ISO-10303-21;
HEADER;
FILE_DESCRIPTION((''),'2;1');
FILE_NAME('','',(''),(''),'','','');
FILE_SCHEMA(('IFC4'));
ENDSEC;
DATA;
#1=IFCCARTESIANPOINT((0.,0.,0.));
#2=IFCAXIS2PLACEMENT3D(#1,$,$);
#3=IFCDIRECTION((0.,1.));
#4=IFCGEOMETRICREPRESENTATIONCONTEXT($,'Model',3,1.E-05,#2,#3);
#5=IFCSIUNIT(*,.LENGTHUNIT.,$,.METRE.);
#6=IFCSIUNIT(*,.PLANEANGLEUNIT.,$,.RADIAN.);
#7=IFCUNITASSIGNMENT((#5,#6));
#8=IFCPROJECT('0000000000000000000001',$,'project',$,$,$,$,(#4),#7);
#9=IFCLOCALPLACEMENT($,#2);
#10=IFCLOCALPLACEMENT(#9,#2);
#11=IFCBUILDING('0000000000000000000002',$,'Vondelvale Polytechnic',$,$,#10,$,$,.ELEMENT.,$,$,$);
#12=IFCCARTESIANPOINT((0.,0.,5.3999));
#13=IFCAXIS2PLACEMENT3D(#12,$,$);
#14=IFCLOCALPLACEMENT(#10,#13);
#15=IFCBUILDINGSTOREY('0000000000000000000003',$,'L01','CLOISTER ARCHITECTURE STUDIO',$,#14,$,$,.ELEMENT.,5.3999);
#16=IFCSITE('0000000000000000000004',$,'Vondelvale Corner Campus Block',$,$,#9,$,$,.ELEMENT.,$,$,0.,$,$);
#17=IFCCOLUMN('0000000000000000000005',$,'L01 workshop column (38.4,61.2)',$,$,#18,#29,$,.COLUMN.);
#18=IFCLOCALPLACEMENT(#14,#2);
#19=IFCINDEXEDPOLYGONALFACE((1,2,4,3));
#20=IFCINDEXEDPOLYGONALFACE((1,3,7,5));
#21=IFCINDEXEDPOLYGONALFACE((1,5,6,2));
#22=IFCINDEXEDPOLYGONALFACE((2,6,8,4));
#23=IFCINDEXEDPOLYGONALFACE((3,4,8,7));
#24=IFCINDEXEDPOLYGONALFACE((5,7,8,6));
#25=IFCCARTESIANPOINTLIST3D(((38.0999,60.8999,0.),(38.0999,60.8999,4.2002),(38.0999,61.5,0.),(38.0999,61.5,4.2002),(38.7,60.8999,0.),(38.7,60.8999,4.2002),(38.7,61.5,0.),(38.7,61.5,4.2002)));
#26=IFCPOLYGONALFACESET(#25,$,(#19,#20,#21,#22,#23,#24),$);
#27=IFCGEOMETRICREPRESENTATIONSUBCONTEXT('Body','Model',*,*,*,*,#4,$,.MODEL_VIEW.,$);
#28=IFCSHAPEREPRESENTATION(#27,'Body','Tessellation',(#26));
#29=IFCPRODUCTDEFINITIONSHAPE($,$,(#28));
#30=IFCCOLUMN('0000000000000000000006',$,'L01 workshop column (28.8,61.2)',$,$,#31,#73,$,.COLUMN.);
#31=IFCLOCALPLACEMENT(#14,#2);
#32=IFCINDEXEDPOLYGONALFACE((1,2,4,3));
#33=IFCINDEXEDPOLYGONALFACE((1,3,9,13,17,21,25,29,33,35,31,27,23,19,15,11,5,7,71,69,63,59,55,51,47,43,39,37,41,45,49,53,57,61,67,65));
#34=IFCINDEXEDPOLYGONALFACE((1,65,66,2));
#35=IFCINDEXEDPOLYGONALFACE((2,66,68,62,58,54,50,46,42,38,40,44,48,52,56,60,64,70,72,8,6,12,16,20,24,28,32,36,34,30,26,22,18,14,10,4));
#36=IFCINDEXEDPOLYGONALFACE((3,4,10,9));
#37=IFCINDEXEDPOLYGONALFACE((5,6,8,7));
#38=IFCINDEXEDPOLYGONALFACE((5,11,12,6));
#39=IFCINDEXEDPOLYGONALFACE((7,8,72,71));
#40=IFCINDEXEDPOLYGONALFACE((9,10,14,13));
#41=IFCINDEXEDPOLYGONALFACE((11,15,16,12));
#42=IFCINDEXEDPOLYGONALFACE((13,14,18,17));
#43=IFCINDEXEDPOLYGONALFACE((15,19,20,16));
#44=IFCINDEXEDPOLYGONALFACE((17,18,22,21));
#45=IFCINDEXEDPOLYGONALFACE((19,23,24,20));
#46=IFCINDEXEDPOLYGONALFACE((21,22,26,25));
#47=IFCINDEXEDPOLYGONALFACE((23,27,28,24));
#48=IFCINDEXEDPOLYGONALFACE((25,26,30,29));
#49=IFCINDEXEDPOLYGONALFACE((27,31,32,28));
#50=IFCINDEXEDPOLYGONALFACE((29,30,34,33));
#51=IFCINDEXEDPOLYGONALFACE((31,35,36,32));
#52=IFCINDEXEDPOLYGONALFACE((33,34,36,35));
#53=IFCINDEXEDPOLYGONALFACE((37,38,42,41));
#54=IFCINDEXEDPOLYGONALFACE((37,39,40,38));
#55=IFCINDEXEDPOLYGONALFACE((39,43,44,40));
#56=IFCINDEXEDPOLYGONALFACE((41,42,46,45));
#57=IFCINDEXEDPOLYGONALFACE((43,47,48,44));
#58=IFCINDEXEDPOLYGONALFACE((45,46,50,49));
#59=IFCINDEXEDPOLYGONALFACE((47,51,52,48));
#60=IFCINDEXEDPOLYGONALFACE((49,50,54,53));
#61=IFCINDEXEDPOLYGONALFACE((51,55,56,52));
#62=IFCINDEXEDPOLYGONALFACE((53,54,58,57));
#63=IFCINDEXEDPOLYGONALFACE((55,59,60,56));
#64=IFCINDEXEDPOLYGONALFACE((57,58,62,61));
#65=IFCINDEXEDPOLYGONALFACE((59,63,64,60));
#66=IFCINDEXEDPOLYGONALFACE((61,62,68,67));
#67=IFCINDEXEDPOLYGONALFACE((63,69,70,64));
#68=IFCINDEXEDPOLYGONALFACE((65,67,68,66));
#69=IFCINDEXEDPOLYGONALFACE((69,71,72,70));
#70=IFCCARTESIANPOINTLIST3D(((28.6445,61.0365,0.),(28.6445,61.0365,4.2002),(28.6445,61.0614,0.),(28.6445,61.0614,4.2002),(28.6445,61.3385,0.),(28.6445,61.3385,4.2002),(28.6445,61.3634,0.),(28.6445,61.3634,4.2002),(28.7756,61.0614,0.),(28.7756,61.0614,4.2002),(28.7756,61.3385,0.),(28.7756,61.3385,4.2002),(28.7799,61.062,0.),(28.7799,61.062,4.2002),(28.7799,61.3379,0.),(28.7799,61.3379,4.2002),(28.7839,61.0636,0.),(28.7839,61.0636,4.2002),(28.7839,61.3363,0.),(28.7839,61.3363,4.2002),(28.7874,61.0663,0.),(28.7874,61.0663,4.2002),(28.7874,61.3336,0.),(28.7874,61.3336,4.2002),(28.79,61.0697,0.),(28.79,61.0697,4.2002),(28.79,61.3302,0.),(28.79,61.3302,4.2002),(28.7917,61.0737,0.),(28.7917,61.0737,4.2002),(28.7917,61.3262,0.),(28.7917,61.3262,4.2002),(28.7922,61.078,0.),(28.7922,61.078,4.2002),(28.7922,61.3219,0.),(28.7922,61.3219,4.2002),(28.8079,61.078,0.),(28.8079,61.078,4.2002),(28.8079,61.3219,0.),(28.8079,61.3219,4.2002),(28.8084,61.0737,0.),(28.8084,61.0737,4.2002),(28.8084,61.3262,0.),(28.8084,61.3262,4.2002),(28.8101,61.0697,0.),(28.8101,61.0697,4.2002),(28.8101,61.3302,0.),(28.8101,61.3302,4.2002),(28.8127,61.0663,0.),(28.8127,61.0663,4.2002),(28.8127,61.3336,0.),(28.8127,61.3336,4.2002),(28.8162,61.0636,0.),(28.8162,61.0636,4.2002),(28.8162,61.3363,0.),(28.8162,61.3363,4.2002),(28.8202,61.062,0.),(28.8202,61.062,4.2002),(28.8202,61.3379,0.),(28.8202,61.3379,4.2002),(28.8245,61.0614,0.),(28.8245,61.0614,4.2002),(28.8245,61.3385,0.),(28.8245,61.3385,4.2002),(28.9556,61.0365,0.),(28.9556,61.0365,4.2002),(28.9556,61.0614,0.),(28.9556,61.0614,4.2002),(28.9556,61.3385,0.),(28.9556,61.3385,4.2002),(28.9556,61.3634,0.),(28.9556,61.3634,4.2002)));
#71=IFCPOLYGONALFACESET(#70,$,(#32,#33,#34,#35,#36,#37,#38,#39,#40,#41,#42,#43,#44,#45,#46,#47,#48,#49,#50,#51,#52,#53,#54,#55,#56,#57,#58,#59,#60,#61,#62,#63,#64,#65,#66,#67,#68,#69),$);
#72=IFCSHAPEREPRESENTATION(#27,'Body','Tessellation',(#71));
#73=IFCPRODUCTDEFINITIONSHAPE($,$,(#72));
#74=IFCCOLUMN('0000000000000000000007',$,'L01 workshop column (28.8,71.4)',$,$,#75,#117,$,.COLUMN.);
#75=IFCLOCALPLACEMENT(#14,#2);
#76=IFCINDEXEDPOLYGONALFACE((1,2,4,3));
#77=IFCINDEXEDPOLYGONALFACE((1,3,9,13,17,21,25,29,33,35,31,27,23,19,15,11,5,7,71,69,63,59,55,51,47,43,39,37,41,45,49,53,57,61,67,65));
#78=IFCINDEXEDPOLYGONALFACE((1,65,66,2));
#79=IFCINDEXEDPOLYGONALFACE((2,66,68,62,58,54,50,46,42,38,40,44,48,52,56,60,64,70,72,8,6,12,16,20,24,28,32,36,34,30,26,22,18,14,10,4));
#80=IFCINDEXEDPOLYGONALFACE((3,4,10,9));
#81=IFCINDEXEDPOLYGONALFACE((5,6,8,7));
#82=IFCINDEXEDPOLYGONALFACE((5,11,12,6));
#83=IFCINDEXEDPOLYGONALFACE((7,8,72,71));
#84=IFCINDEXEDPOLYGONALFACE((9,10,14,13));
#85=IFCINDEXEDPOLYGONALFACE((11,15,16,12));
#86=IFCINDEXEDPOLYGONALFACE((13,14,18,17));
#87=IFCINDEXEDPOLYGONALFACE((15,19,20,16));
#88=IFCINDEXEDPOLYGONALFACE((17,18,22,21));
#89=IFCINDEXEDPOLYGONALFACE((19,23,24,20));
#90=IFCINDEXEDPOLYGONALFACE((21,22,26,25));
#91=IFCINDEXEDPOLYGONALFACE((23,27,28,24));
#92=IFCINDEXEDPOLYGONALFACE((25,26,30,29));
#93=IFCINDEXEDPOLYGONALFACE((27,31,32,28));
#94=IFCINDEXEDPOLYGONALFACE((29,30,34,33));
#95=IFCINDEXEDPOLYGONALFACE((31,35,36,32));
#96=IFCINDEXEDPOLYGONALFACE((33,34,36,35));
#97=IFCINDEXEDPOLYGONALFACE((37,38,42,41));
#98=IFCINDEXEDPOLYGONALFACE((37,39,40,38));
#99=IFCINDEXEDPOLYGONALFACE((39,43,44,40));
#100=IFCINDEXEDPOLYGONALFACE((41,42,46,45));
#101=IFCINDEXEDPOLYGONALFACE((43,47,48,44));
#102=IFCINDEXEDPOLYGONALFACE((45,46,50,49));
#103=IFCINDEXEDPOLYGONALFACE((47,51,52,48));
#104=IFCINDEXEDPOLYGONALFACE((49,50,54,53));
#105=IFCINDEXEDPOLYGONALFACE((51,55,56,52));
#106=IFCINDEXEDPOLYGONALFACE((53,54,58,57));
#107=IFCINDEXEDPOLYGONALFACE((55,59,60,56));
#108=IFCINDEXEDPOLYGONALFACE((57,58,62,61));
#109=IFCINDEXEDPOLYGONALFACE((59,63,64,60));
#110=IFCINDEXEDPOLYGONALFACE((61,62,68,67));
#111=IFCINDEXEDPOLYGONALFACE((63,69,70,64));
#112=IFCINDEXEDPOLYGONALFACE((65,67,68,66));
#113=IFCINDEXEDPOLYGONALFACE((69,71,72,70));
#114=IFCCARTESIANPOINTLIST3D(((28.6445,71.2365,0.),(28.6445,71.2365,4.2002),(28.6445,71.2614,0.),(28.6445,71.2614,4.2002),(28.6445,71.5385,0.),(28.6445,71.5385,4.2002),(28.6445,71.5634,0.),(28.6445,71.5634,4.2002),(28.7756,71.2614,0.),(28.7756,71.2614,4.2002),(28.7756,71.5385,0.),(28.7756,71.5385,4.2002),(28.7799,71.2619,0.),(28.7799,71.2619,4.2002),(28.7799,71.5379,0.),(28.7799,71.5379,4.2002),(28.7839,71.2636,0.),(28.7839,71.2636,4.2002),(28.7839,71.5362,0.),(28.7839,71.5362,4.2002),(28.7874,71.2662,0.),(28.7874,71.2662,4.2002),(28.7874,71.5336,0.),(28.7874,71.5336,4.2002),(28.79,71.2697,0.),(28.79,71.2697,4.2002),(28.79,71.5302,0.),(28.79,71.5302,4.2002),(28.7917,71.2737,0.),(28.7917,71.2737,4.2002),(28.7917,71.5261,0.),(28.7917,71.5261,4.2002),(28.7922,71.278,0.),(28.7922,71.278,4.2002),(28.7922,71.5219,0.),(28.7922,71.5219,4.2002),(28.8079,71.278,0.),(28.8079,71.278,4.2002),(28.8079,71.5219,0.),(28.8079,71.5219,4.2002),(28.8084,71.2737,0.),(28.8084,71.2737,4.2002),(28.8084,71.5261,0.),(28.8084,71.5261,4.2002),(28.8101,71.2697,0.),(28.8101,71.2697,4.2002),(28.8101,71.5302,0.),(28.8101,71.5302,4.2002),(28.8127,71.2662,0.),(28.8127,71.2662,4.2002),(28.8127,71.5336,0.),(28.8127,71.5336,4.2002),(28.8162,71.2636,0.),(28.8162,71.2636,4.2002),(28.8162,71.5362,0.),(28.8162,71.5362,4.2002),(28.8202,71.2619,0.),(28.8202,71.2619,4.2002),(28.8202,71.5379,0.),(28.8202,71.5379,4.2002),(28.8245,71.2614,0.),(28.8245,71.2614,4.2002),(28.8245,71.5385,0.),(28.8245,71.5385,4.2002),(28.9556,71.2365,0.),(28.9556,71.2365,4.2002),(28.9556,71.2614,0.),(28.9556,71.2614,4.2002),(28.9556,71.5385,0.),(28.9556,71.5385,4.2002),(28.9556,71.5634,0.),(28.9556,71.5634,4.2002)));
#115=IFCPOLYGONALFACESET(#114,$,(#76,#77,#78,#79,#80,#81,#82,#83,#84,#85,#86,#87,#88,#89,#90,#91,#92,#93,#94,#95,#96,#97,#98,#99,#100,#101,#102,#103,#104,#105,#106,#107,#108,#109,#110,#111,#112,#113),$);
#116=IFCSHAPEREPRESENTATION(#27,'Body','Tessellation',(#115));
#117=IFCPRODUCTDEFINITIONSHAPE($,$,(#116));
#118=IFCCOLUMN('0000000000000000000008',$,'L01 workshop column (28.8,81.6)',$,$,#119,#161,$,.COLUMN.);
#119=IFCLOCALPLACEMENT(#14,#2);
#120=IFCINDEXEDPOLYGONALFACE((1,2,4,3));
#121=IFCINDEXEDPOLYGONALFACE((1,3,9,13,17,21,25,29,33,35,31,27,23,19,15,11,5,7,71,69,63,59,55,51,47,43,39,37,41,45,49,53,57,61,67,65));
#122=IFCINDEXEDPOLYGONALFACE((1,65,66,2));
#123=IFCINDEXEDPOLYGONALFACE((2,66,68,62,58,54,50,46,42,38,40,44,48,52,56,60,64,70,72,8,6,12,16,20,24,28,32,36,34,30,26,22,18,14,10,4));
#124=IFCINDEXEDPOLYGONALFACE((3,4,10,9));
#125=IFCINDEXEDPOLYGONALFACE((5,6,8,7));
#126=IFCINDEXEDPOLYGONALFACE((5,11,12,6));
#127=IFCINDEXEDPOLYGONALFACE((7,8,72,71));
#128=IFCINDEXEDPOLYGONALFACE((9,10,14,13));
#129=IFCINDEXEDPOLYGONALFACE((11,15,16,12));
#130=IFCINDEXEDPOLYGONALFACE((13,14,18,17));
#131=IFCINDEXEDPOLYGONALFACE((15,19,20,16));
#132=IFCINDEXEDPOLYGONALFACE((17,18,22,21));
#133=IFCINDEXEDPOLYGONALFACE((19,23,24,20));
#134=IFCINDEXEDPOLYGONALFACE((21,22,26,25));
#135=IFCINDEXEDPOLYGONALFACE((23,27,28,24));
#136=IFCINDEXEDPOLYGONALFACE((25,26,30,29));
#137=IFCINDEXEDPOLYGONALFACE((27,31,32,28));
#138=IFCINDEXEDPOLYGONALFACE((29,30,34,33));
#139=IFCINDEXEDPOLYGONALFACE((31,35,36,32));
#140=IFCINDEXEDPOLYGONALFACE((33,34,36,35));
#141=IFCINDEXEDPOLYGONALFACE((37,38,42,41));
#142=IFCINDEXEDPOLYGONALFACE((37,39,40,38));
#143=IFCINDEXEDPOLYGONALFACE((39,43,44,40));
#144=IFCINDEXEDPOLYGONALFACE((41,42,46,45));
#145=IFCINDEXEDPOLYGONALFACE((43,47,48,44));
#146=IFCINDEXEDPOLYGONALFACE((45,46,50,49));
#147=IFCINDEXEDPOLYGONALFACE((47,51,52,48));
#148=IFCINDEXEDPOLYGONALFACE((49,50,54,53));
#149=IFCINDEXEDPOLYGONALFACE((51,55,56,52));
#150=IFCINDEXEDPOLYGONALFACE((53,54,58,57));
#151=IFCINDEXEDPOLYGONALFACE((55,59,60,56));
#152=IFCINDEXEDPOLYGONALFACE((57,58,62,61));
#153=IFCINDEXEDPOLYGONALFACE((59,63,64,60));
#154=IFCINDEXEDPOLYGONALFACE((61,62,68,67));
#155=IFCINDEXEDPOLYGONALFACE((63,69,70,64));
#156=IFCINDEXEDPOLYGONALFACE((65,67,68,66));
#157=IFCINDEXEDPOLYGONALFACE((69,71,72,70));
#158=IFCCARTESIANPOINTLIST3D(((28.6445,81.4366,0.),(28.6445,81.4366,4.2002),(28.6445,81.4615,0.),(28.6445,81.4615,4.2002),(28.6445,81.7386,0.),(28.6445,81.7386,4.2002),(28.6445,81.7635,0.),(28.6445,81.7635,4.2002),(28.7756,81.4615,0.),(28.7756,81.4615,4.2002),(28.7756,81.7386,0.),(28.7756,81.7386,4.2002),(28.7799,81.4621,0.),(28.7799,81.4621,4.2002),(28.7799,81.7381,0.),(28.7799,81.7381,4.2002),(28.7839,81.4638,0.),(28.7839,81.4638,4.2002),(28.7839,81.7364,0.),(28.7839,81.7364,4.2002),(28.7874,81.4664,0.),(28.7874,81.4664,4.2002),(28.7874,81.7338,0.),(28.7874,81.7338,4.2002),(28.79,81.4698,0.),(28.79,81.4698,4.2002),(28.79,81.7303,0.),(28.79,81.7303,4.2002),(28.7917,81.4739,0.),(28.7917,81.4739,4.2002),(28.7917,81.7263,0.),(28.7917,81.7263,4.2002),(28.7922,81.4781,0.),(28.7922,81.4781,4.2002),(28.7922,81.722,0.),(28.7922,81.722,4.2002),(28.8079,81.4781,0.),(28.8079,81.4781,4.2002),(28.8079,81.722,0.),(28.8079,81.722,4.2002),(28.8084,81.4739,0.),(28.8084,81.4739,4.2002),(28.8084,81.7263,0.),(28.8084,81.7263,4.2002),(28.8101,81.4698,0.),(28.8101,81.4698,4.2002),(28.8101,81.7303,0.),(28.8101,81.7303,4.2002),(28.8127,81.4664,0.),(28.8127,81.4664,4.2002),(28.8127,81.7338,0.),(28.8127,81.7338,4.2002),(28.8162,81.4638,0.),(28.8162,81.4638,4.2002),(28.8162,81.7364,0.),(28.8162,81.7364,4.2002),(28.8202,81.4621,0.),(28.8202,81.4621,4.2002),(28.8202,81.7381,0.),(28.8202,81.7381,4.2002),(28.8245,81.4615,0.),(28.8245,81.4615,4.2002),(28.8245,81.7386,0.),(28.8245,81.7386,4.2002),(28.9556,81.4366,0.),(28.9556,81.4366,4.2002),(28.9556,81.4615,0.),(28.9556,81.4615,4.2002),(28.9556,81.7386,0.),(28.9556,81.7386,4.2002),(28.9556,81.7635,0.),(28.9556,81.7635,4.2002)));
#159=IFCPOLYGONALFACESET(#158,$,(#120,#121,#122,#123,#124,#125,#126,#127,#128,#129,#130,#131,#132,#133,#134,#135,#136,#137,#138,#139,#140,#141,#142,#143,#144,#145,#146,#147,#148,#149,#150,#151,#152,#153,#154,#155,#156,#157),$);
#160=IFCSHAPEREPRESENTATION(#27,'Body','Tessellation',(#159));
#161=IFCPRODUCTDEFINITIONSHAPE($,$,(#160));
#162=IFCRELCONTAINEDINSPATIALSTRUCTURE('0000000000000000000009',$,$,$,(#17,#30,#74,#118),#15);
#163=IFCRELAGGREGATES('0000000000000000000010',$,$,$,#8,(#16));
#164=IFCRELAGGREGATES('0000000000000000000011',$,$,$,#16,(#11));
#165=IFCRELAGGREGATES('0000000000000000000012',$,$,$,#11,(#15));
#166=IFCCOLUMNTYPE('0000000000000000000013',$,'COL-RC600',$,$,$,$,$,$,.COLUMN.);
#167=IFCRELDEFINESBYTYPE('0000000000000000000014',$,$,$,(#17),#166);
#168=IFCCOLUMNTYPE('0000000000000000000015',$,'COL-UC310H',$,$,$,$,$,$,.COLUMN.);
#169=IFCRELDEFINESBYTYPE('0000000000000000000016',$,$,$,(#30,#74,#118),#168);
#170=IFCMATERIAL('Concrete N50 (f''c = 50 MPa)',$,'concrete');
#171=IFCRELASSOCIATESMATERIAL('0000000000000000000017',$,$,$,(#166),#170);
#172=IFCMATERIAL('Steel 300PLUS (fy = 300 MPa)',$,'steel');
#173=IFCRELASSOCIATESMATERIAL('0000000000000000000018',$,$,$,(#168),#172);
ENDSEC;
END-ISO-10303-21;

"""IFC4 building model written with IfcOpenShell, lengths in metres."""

from ifc_helpers import new_model, si_unit, direction, frame, origin, origin_2d, place, context, subcontext, project, spatial, rectangle, i_section, extrude, material, material_profile, profile_set, type_object, element, save


model = new_model("IFC4")

# Units and contexts
model_context = context("Model", 3, precision=1e-05, world=origin(), true_north=direction((0.0, 1.0)))
body_context = subcontext(model_context, "Body", "Model", "MODEL_VIEW")
ifc_project = project(units=[si_unit("LENGTHUNIT", "METRE"), si_unit("PLANEANGLEUNIT", "RADIAN")], contexts=[model_context])

# Site, building, storey
site_placement = place(None, origin())
site = spatial("IfcSite", under=ifc_project, at=site_placement, Name="Vondelvale Corner Campus Block", CompositionType="ELEMENT", RefElevation=0.0)
building_placement = place(site_placement, origin())
building = spatial("IfcBuilding", under=site, at=building_placement, Name="Vondelvale Polytechnic", CompositionType="ELEMENT")
storey_placement = place(building_placement, frame((0.0, 0.0, 5.3999)))
storey = spatial("IfcBuildingStorey", under=building, at=storey_placement, Name="L01", Description="CLOISTER ARCHITECTURE STUDIO", CompositionType="ELEMENT", Elevation=5.3999)

# Columns
ifc_material_1 = material(Name="Concrete N50 (f'c = 50 MPa)", Category="concrete")
ifc_material_profile_1 = material_profile(ifc_material_1, rectangle(XDim=0.6001, YDim=0.6001, at=origin_2d()), Name="RC-COL-600x600")
ifc_profile_set_1 = profile_set([ifc_material_profile_1], Name="Concrete N50 (f'c = 50 MPa)")
column_type_1 = type_object("IfcColumnType", Name="COL-RC600", PredefinedType="COLUMN", material=ifc_profile_set_1)
column_placement = place(storey_placement, frame((38.3999, 61.2, 0.0), z_axis=(0.0, 0.0, 1.0), x_axis=(1.0, 0.0, 0.0)))
element("IfcColumn", 1, at=column_placement, inside=storey, type_object=column_type_1, Name="L01 workshop column (38.4,61.2)", PredefinedType="COLUMN", context=body_context, shape_type="SweptSolid", body=[
    extrude(rectangle(XDim=0.6001, YDim=0.6001, at=origin_2d()), origin(), (0.0, 0.0, 1.0), 4.2002),
])
ifc_material_2 = material(Name="Steel 300PLUS (fy = 300 MPa)", Category="steel")
ifc_material_profile_2 = material_profile(ifc_material_2, i_section(OverallWidth=0.311, OverallDepth=0.3269, WebThickness=0.0156, FlangeThickness=0.0249, FilletRadius=0.0166, at=origin_2d()), Name="310UC158")
ifc_profile_set_2 = profile_set([ifc_material_profile_2], Name="Steel 300PLUS (fy = 300 MPa)")
column_type_2 = type_object("IfcColumnType", Name="COL-UC310H", PredefinedType="COLUMN", material=ifc_profile_set_2)
for number, where, z_axis, x_axis, name in (
    (2, (28.8, 61.2, 0.0), (0.0, 0.0, 1.0), (1.0, 0.0, 0.0), "L01 workshop column (28.8,61.2)"),
    (3, (28.8, 71.3999, 0.0), (0.0, 0.0, 1.0), (1.0, 0.0, 0.0), "L01 workshop column (28.8,71.4)"),
    (4, (28.8, 81.6001, 0.0), (0.0, 0.0, 1.0), (1.0, 0.0, 0.0), "L01 workshop column (28.8,81.6)"),
):
    element("IfcColumn", number, at=place(storey_placement, frame(where, z_axis=z_axis, x_axis=x_axis)), inside=storey, type_object=column_type_2, Name=name, PredefinedType="COLUMN", context=body_context, shape_type="SweptSolid", body=[
        extrude(i_section(OverallWidth=0.311, OverallDepth=0.3269, WebThickness=0.0156, FlangeThickness=0.0249, FilletRadius=0.0166, at=origin_2d()), origin(), (0.0, 0.0, 1.0), 4.2002),
    ])

save(model, "model.ifc")
